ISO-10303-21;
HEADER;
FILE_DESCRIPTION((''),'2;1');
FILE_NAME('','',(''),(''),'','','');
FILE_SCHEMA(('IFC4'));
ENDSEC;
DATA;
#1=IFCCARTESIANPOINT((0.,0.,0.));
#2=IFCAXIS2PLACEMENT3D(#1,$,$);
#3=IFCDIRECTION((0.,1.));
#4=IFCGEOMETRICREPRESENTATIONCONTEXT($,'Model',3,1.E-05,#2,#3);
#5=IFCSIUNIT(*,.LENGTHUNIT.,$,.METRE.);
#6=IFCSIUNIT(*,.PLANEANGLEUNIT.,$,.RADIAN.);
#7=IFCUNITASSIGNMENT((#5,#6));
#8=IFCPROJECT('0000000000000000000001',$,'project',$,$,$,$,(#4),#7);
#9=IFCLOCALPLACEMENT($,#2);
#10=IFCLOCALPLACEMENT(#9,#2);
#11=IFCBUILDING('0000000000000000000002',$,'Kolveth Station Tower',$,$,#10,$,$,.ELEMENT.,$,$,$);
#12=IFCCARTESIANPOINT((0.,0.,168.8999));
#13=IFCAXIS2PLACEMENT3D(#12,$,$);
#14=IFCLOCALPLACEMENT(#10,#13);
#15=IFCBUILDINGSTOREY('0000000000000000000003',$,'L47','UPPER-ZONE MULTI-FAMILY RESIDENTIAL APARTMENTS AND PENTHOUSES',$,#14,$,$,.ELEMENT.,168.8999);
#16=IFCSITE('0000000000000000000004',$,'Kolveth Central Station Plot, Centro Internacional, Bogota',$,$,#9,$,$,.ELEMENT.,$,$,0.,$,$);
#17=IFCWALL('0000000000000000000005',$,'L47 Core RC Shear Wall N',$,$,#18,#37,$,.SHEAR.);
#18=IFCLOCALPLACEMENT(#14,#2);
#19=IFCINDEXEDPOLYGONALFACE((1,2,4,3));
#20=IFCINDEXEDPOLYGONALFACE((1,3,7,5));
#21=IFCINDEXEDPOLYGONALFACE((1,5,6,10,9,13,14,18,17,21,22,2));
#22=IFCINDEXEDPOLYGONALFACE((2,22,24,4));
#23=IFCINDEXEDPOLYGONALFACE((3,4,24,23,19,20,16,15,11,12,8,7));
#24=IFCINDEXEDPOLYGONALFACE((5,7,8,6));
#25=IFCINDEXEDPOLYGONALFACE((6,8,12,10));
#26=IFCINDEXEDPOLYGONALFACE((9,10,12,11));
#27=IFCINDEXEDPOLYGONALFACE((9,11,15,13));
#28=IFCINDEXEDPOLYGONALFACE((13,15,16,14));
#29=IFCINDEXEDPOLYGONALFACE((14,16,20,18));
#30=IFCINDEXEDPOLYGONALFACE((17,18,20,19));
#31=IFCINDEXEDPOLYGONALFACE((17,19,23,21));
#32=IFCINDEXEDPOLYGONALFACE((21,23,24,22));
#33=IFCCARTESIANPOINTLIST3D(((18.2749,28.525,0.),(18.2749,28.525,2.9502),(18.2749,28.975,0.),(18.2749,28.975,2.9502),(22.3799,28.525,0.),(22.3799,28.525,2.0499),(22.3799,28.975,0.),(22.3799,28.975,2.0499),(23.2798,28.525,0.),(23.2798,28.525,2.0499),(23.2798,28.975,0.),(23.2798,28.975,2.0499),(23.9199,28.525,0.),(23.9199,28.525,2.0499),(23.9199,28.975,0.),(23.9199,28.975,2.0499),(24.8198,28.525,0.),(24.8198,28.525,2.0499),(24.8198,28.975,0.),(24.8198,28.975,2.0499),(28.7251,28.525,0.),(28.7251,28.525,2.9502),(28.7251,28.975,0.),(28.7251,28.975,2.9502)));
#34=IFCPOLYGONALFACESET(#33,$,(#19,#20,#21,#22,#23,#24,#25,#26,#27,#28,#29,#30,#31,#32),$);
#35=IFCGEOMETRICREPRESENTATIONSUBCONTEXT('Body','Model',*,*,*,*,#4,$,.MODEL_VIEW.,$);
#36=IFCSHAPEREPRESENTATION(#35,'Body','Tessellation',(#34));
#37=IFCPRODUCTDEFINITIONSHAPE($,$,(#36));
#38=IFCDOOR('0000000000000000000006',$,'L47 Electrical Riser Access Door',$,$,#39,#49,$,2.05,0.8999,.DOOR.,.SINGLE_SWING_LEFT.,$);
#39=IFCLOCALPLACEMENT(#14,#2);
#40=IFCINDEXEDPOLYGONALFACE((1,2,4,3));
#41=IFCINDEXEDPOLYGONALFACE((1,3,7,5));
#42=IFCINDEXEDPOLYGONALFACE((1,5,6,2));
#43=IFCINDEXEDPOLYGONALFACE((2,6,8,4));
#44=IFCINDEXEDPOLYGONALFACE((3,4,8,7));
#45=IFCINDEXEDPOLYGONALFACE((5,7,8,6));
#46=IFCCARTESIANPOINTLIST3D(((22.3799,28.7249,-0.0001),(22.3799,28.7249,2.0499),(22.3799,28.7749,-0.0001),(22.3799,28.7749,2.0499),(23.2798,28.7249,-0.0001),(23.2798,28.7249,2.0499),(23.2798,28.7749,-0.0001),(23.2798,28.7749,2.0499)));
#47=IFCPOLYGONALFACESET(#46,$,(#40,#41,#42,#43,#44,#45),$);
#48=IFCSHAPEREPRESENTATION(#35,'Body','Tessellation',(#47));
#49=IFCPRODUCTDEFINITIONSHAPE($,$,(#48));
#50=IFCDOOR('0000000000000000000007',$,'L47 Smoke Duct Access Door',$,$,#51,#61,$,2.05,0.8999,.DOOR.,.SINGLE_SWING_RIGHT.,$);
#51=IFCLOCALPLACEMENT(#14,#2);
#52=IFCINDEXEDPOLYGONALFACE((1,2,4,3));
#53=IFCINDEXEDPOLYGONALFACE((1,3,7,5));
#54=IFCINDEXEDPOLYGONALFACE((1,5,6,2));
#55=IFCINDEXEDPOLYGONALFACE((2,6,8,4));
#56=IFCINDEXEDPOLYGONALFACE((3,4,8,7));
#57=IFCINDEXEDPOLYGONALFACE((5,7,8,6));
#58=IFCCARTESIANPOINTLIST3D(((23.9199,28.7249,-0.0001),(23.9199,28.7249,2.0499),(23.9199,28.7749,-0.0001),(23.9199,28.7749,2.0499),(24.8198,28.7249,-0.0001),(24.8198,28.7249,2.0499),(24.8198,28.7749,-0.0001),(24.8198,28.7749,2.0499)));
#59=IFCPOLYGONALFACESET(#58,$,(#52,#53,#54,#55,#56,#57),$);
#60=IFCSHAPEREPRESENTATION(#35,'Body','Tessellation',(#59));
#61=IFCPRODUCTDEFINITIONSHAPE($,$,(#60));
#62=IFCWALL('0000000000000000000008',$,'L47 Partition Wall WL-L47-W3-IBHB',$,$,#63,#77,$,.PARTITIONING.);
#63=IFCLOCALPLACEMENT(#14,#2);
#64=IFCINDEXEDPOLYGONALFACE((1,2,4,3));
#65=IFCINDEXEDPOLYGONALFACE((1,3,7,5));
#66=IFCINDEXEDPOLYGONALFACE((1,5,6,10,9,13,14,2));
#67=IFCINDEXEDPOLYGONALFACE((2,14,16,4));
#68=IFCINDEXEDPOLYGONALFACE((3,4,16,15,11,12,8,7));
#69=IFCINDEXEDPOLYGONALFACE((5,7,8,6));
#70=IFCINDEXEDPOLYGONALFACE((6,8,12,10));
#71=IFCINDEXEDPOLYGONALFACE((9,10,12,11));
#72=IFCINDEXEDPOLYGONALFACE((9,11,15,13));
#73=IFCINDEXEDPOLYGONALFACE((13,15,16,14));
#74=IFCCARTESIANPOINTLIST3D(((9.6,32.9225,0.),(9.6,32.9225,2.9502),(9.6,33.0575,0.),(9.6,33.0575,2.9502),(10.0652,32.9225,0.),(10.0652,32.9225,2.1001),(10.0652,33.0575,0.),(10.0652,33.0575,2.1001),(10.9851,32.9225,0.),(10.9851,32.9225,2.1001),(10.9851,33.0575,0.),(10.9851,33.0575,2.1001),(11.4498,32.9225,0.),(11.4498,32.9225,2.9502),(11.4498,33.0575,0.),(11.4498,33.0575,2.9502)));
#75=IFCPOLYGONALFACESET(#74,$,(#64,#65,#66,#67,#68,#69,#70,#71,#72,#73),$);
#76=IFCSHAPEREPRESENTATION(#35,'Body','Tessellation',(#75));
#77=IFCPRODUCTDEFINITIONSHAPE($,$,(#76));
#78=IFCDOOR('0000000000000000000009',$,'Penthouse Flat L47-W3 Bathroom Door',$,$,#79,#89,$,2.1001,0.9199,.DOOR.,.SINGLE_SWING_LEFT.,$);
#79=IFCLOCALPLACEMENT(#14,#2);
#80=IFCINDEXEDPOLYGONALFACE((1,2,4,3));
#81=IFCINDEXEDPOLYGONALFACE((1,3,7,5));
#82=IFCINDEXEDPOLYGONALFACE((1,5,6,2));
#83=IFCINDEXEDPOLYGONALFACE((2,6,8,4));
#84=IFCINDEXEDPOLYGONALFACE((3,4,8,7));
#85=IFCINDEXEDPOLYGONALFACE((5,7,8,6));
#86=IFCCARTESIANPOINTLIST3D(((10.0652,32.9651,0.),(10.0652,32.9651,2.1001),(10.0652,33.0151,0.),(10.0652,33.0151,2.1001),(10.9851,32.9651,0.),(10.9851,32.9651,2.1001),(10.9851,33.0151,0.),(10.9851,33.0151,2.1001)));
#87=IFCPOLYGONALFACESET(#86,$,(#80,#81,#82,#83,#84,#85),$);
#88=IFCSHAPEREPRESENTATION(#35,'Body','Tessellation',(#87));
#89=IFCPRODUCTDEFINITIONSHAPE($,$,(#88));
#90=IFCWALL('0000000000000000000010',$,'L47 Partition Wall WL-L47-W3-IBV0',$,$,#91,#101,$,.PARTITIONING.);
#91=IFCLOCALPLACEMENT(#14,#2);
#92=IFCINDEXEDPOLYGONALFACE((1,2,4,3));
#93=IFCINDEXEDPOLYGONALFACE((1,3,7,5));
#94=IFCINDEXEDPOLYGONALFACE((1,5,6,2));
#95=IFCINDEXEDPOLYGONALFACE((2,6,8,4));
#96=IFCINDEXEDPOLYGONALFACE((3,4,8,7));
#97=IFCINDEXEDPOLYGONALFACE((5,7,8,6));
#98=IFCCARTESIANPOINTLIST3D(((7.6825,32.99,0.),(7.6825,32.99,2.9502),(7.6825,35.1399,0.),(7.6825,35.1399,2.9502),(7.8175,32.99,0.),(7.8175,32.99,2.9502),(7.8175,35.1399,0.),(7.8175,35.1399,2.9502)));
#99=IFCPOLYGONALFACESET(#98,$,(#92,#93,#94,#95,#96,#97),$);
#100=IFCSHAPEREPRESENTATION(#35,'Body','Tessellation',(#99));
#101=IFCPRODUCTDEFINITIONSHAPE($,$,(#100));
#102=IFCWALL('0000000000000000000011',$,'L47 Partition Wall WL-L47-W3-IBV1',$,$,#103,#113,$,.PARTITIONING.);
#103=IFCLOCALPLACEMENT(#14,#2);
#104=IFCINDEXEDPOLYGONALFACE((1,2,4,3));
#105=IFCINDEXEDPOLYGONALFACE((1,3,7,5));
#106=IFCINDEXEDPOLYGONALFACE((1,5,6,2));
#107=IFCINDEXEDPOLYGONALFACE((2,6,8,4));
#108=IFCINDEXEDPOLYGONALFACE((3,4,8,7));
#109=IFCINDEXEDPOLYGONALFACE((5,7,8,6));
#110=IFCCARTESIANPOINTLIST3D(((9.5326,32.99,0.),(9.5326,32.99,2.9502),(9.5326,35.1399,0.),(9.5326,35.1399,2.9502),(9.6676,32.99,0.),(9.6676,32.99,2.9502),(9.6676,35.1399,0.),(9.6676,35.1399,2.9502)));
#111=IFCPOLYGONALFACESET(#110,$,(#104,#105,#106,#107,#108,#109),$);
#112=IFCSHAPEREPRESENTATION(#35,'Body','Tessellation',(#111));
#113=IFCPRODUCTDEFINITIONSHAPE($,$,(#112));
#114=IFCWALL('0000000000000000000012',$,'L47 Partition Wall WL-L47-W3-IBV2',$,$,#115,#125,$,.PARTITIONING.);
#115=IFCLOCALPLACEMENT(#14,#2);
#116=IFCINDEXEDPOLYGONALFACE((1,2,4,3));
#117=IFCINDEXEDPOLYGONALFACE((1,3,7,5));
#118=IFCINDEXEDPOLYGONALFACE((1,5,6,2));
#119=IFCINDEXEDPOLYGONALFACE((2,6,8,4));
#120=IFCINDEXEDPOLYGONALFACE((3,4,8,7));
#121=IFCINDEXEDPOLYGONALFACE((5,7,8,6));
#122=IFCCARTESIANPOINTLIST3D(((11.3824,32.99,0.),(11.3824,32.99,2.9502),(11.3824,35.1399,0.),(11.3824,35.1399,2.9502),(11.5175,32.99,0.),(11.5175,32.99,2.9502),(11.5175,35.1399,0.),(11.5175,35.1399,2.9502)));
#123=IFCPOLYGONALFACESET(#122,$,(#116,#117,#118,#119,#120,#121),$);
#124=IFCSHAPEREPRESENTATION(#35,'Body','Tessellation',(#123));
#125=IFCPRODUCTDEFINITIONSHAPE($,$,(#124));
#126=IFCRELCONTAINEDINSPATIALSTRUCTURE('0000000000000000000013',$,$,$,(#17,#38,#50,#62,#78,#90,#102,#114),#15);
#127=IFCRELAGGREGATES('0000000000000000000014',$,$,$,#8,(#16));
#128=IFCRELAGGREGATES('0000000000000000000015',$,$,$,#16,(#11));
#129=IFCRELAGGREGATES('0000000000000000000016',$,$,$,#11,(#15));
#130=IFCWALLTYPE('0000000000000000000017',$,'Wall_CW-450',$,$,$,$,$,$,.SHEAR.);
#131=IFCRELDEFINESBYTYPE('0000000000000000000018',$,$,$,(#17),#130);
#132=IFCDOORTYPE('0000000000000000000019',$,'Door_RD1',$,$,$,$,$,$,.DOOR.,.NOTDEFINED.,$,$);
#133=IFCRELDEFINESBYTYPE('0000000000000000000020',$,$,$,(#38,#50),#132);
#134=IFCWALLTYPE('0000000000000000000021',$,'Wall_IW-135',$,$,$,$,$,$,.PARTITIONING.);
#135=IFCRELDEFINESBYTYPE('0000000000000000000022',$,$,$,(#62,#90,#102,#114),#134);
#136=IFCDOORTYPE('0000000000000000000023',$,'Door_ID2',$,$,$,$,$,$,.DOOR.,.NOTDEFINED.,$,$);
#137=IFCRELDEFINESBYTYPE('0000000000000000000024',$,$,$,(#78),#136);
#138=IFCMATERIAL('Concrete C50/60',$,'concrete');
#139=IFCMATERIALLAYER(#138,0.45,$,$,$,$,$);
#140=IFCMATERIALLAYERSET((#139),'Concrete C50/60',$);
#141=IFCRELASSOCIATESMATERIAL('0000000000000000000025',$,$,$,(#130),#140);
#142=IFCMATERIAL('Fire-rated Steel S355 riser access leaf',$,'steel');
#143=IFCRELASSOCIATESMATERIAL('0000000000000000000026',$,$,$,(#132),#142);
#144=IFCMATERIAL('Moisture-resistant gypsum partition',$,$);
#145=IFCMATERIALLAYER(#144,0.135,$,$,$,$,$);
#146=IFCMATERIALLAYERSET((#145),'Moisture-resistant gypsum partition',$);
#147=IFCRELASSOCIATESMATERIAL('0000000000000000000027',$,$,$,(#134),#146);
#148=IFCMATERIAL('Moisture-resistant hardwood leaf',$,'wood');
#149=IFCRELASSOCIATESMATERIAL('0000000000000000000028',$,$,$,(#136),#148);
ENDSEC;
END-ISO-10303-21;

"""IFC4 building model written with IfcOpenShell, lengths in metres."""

from ifc_helpers import new_model, si_unit, direction, frame, frame_2d, origin, place, context, subcontext, project, spatial, rectangle, extrude, material, layer, layer_set, type_object, element, fill, save


model = new_model("IFC4")

# Units and contexts
model_context = context("Model", 3, precision=1e-05, world=origin(), true_north=direction((0.0, 1.0)))
body_context = subcontext(model_context, "Body", "Model", "MODEL_VIEW")
ifc_project = project(units=[si_unit("LENGTHUNIT", "METRE"), si_unit("PLANEANGLEUNIT", "RADIAN")], contexts=[model_context])

# Site, building, storey
site_placement = place(None, origin())
site = spatial("IfcSite", under=ifc_project, at=site_placement, Name="Kolveth Central Station Plot, Centro Internacional, Bogota", CompositionType="ELEMENT", RefElevation=0.0)
building_placement = place(site_placement, origin())
building = spatial("IfcBuilding", under=site, at=building_placement, Name="Kolveth Station Tower", CompositionType="ELEMENT")
storey_placement = place(building_placement, frame((0.0, 0.0, 168.8999)))
storey = spatial("IfcBuildingStorey", under=building, at=storey_placement, Name="L47", Description="UPPER-ZONE MULTI-FAMILY RESIDENTIAL APARTMENTS AND PENTHOUSES", CompositionType="ELEMENT", Elevation=168.8999)

# Wall, openings, doors
ifc_material_1 = material(Name="Concrete C50/60", Category="concrete")
ifc_layer_1 = layer(ifc_material_1, 0.45)
ifc_layer_set_1 = layer_set([ifc_layer_1], Name="Concrete C50/60")
wall_type_1 = type_object("IfcWallType", Name="Wall_CW-450", PredefinedType="SHEAR", material=ifc_layer_set_1)
wall_1_placement = place(storey_placement, frame((18.2749, 28.75, 0.0), z_axis=(0.0, 0.0, 1.0), x_axis=(1.0, 0.0, 0.0)))
wall_1 = element("IfcWall", 1, at=wall_1_placement, inside=storey, type_object=wall_type_1, Name="L47 Core RC Shear Wall N", PredefinedType="SHEAR", context=body_context, shape_type="SweptSolid", body=[
    extrude(rectangle(XDim=10.4502, YDim=0.45, at=frame_2d((5.2251, 0.0))), origin(), (0.0, 0.0, 1.0), 2.9502),
])
opening_1_placement = place(wall_1_placement, frame((4.105, 0.0, 0.0)))
opening_1 = element("IfcOpeningElement", 2, at=opening_1_placement, cuts=wall_1, PredefinedType="OPENING", context=body_context, shape_type="SweptSolid", body=[
    extrude(rectangle(XDim=0.8999, YDim=2.05, at=frame_2d((0.45, 1.0249))), frame((0.0, 0.2349, 0.0), z_axis=(0.0, -1.0, 0.0), x_axis=(1.0, 0.0, 0.0)), (0.0, 0.0, 1.0), 0.47),
])
opening_2_placement = place(wall_1_placement, frame((5.645, 0.0, 0.0)))
opening_2 = element("IfcOpeningElement", 3, at=opening_2_placement, cuts=wall_1, PredefinedType="OPENING", context=body_context, shape_type="SweptSolid", body=[
    extrude(rectangle(XDim=0.8999, YDim=2.05, at=frame_2d((0.45, 1.0249))), frame((0.0, 0.2349, 0.0), z_axis=(0.0, -1.0, 0.0), x_axis=(1.0, 0.0, 0.0)), (0.0, 0.0, 1.0), 0.47),
])
ifc_material_2 = material(Name="Fire-rated Steel S355 riser access leaf", Category="steel")
door_type_1 = type_object("IfcDoorType", Name="Door_RD1", OperationType="NOTDEFINED", PredefinedType="DOOR", material=ifc_material_2)
door_1_placement = place(opening_1_placement, origin())
door_1 = element("IfcDoor", 4, at=door_1_placement, inside=storey, type_object=door_type_1, Name="L47 Electrical Riser Access Door", OperationType="SINGLE_SWING_LEFT", OverallHeight=2.05, OverallWidth=0.8999, PredefinedType="DOOR", context=body_context, shape_type="SweptSolid", body=[
    extrude(rectangle(XDim=0.8999, YDim=2.05, at=frame_2d((0.45, 1.0249))), frame((0.0, 0.0249, 0.0), z_axis=(0.0, -1.0, 0.0), x_axis=(1.0, 0.0, 0.0)), (0.0, 0.0, 1.0), 0.05),
])
fill(opening_1, door_1)
door_2_placement = place(opening_2_placement, origin())
door_2 = element("IfcDoor", 5, at=door_2_placement, inside=storey, type_object=door_type_1, Name="L47 Smoke Duct Access Door", OperationType="SINGLE_SWING_RIGHT", OverallHeight=2.05, OverallWidth=0.8999, PredefinedType="DOOR", context=body_context, shape_type="SweptSolid", body=[
    extrude(rectangle(XDim=0.8999, YDim=2.05, at=frame_2d((0.45, 1.0249))), frame((0.0, 0.0249, 0.0), z_axis=(0.0, -1.0, 0.0), x_axis=(1.0, 0.0, 0.0)), (0.0, 0.0, 1.0), 0.05),
])
fill(opening_2, door_2)

# Wall, opening, door
ifc_material_3 = material(Name="Moisture-resistant gypsum partition")
ifc_layer_2 = layer(ifc_material_3, 0.135)
ifc_layer_set_2 = layer_set([ifc_layer_2], Name="Moisture-resistant gypsum partition")
wall_type_2 = type_object("IfcWallType", Name="Wall_IW-135", PredefinedType="PARTITIONING", material=ifc_layer_set_2)
wall_2_placement = place(storey_placement, frame((9.6001, 32.99, 0.0), z_axis=(0.0, 0.0, 1.0), x_axis=(1.0, 0.0, 0.0)))
wall_2 = element("IfcWall", 6, at=wall_2_placement, inside=storey, type_object=wall_type_2, Name="L47 Partition Wall WL-L47-W3-IBHB", PredefinedType="PARTITIONING", context=body_context, shape_type="SweptSolid", body=[
    extrude(rectangle(XDim=1.8499, YDim=0.135, at=frame_2d((0.9248, 0.0))), origin(), (0.0, 0.0, 1.0), 2.9502),
])
opening_3_placement = place(wall_2_placement, frame((0.4651, 0.0, 0.0)))
opening_3 = element("IfcOpeningElement", 7, at=opening_3_placement, cuts=wall_2, PredefinedType="OPENING", context=body_context, shape_type="SweptSolid", body=[
    extrude(rectangle(XDim=0.9199, YDim=2.1001, at=frame_2d((0.46, 1.05))), frame((0.0, 0.0774, 0.0), z_axis=(0.0, -1.0, 0.0), x_axis=(1.0, 0.0, 0.0)), (0.0, 0.0, 1.0), 0.155),
])
ifc_material_4 = material(Name="Moisture-resistant hardwood leaf", Category="wood")
door_type_2 = type_object("IfcDoorType", Name="Door_ID2", OperationType="NOTDEFINED", PredefinedType="DOOR", material=ifc_material_4)
door_3_placement = place(opening_3_placement, frame((0.9199, 0.0, 0.0), z_axis=(0.0, 0.0, 1.0), x_axis=(-1.0, 0.0, 0.0)))
door_3 = element("IfcDoor", 8, at=door_3_placement, inside=storey, type_object=door_type_2, Name="Penthouse Flat L47-W3 Bathroom Door", OperationType="SINGLE_SWING_LEFT", OverallHeight=2.1001, OverallWidth=0.9199, PredefinedType="DOOR", context=body_context, shape_type="SweptSolid", body=[
    extrude(rectangle(XDim=0.9199, YDim=2.1001, at=frame_2d((0.46, 1.05))), frame((0.0, 0.0249, 0.0), z_axis=(0.0, -1.0, 0.0), x_axis=(1.0, 0.0, 0.0)), (0.0, 0.0, 1.0), 0.05),
])
fill(opening_3, door_3)

# Walls
for number, where, z_axis, x_axis, name in (
    (9, (7.75, 32.99, 0.0), (0.0, 0.0, 1.0), (0.0, 1.0, 0.0), "L47 Partition Wall WL-L47-W3-IBV0"),
    (10, (9.6001, 32.99, 0.0), (0.0, 0.0, 1.0), (0.0, 1.0, 0.0), "L47 Partition Wall WL-L47-W3-IBV1"),
    (11, (11.45, 32.99, 0.0), (0.0, 0.0, 1.0), (0.0, 1.0, 0.0), "L47 Partition Wall WL-L47-W3-IBV2"),
):
    element("IfcWall", number, at=place(storey_placement, frame(where, z_axis=z_axis, x_axis=x_axis)), inside=storey, type_object=wall_type_2, Name=name, PredefinedType="PARTITIONING", context=body_context, shape_type="SweptSolid", body=[
        extrude(rectangle(XDim=2.1499, YDim=0.135, at=frame_2d((1.075, 0.0))), origin(), (0.0, 0.0, 1.0), 2.9502),
    ])

save(model, "model.ifc")
